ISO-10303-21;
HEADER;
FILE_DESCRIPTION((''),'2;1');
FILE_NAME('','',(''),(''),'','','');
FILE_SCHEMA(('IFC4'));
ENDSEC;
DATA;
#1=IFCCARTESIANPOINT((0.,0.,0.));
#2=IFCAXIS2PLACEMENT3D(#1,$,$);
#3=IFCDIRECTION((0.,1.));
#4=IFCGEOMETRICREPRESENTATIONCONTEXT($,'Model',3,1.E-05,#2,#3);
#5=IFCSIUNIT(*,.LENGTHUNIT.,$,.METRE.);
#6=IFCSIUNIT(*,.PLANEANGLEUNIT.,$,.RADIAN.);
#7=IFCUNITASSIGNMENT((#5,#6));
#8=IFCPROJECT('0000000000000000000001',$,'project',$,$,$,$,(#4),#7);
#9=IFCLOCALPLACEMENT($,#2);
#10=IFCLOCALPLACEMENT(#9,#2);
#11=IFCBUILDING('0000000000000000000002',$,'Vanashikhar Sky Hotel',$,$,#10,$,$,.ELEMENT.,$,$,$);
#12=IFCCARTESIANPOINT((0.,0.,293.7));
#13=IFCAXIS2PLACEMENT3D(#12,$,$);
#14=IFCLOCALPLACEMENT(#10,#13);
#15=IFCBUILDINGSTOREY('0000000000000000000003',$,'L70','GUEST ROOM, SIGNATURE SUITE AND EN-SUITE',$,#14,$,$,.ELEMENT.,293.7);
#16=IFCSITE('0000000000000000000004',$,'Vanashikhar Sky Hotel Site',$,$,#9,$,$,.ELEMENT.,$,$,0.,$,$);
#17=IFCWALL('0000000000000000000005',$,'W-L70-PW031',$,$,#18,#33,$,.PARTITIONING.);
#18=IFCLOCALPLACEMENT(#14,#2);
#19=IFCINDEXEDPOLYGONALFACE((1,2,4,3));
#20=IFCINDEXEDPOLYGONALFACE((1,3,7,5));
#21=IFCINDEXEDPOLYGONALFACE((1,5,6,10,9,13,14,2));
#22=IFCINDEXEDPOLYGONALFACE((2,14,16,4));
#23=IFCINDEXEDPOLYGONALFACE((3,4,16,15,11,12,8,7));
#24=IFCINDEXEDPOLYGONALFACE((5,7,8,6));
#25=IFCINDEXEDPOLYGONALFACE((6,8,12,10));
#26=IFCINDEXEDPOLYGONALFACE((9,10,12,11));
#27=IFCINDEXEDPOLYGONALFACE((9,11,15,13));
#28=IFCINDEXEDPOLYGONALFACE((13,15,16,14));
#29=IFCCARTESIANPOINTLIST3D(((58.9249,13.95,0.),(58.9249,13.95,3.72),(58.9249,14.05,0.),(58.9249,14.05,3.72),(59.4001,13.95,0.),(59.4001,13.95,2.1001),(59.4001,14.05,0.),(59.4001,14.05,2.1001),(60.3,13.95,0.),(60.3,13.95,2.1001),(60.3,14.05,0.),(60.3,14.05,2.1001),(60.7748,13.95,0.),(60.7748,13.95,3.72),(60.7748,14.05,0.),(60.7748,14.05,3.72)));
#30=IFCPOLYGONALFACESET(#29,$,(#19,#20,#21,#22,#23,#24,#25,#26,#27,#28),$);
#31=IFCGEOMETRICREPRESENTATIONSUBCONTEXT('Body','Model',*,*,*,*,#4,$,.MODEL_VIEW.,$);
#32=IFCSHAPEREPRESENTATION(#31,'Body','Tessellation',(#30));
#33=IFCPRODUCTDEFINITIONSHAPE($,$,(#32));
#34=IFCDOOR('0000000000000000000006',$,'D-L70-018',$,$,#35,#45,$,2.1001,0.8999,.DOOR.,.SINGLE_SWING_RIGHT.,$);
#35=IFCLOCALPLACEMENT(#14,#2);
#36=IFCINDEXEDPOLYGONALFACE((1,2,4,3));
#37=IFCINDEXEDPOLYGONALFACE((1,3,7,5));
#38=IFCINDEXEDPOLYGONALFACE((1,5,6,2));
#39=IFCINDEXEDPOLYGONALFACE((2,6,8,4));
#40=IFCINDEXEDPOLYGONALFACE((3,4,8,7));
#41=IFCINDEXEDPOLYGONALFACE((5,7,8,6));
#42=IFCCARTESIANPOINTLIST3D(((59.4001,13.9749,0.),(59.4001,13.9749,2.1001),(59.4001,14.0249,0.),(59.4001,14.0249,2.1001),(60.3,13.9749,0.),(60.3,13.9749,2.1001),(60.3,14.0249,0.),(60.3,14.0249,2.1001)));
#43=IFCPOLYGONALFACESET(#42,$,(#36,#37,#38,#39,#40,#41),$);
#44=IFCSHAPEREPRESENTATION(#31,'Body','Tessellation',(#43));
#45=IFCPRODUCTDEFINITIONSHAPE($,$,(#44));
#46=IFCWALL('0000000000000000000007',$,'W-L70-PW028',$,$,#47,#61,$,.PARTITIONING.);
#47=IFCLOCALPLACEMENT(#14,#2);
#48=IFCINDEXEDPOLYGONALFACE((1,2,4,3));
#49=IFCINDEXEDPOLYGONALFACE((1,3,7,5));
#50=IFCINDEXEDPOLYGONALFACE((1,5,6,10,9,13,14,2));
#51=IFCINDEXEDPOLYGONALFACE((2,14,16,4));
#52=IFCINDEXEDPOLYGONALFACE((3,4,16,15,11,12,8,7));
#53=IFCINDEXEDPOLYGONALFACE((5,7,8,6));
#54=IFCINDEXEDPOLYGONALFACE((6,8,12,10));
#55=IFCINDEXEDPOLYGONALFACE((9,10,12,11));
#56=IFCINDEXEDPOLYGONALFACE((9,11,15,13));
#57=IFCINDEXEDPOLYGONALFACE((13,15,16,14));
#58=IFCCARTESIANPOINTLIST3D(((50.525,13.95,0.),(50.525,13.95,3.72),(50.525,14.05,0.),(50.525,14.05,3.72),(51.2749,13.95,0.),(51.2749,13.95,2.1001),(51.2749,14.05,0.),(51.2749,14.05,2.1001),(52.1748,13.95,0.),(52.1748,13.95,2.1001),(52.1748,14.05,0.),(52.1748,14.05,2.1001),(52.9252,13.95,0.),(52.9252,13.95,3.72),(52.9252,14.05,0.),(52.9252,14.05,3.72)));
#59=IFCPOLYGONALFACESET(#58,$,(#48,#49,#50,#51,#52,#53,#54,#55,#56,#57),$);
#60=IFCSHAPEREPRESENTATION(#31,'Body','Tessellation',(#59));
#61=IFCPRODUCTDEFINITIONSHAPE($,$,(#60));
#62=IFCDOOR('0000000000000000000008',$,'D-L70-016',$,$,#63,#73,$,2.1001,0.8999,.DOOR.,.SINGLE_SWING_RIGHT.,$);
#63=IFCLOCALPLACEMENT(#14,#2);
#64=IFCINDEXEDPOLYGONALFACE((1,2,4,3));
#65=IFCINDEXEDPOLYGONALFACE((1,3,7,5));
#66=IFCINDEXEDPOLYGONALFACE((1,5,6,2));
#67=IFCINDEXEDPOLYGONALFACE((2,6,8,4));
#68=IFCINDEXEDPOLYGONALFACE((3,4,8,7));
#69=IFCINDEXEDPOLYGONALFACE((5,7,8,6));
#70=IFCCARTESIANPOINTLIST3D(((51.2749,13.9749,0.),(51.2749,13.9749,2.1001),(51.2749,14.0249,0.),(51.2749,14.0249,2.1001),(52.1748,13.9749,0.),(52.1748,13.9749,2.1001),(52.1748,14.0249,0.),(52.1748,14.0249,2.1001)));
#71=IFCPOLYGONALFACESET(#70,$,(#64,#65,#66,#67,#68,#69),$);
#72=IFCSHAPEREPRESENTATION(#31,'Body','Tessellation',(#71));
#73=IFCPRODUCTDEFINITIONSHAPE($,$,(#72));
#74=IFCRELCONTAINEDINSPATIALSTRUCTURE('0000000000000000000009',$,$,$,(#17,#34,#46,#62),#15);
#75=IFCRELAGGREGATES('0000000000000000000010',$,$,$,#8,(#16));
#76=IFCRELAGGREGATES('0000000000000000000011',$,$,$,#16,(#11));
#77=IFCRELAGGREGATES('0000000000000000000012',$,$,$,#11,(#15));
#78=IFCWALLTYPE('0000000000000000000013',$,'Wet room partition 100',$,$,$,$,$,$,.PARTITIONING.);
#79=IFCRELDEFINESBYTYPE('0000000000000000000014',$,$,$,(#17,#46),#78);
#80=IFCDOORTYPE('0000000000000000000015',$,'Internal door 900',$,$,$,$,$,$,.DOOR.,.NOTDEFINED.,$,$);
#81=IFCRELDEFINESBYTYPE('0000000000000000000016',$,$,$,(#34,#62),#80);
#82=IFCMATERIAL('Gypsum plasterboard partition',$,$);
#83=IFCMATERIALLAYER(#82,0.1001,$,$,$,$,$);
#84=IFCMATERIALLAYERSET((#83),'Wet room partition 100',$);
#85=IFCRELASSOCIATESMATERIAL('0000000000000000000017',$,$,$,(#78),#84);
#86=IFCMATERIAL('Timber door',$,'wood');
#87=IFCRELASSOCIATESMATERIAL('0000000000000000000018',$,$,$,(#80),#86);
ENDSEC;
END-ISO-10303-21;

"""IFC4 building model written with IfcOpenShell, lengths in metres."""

from ifc_helpers import new_model, si_unit, direction, frame, frame_2d, origin, place, context, subcontext, project, spatial, rectangle, extrude, source, transform, mapped, material, layer, layer_set, type_object, element, fill, save


model = new_model("IFC4")

# Units and contexts
model_context = context("Model", 3, precision=1e-05, world=origin(), true_north=direction((0.0, 1.0)))
body_context = subcontext(model_context, "Body", "Model", "MODEL_VIEW")
ifc_project = project(units=[si_unit("LENGTHUNIT", "METRE"), si_unit("PLANEANGLEUNIT", "RADIAN")], contexts=[model_context])

# Site, building, storey
site_placement = place(None, origin())
site = spatial("IfcSite", under=ifc_project, at=site_placement, Name="Vanashikhar Sky Hotel Site", CompositionType="ELEMENT", RefElevation=0.0)
building_placement = place(site_placement, origin())
building = spatial("IfcBuilding", under=site, at=building_placement, Name="Vanashikhar Sky Hotel", CompositionType="ELEMENT")
storey_placement = place(building_placement, frame((0.0, 0.0, 293.7)))
storey = spatial("IfcBuildingStorey", under=building, at=storey_placement, Name="L70", Description="GUEST ROOM, SIGNATURE SUITE AND EN-SUITE", CompositionType="ELEMENT", Elevation=293.7)

# Shared definitions
ifc_material_1 = material(Name="Gypsum plasterboard partition")
ifc_layer_1 = layer(ifc_material_1, 0.1001)
ifc_layer_set_1 = layer_set([ifc_layer_1], Name="Wet room partition 100")
wall_type_1 = type_object("IfcWallType", Name="Wet room partition 100", PredefinedType="PARTITIONING", material=ifc_layer_set_1)
shared_shape_1 = source(origin(), body_context, "Body", "SweptSolid", [
    extrude(rectangle(XDim=0.8999, YDim=2.1001, at=frame_2d((0.45, 1.05))), frame((0.0, 0.0601, 0.0), z_axis=(0.0, -1.0, 0.0), x_axis=(1.0, 0.0, 0.0)), (0.0, 0.0, 1.0), 0.1201),
])
ifc_material_2 = material(Name="Timber door", Category="wood")
door_type_1 = type_object("IfcDoorType", Name="Internal door 900", OperationType="NOTDEFINED", PredefinedType="DOOR", material=ifc_material_2)
shared_shape_2 = source(origin(), body_context, "Body", "SweptSolid", [
    extrude(rectangle(XDim=0.8999, YDim=2.1001, at=frame_2d((0.45, 1.05))), frame((0.0, 0.0249, 0.0), z_axis=(0.0, -1.0, 0.0), x_axis=(1.0, 0.0, 0.0)), (0.0, 0.0, 1.0), 0.05),
])

# Walls, openings, doors
shared_shape_3 = source(origin(), body_context, "Body", "SweptSolid", [
    extrude(rectangle(XDim=1.8499, YDim=0.1001, at=frame_2d((0.9248, 0.0))), origin(), (0.0, 0.0, 1.0), 3.72),
])
wall_1_placement = place(storey_placement, frame((58.925, 14.0, 0.0), z_axis=(0.0, 0.0, 1.0), x_axis=(1.0, 0.0, 0.0)))
wall_1 = element("IfcWall", 1, at=wall_1_placement, inside=storey, type_object=wall_type_1, Name="W-L70-PW031", PredefinedType="PARTITIONING", context=body_context, shape_type="MappedRepresentation", body=[
    mapped(shared_shape_3, transform((0.0, 0.0, 0.0), scale=1.0)),
])
opening_1_placement = place(wall_1_placement, frame((0.4751, 0.0, 0.0)))
opening_1 = element("IfcOpeningElement", 2, at=opening_1_placement, cuts=wall_1, PredefinedType="OPENING", context=body_context, shape_type="MappedRepresentation", body=[
    mapped(shared_shape_1, transform((0.0, 0.0, 0.0), scale=1.0)),
])
door_1_placement = place(opening_1_placement, origin())
door_1 = element("IfcDoor", 3, at=door_1_placement, inside=storey, type_object=door_type_1, Name="D-L70-018", OperationType="SINGLE_SWING_RIGHT", OverallHeight=2.1001, OverallWidth=0.8999, PredefinedType="DOOR", context=body_context, shape_type="MappedRepresentation", body=[
    mapped(shared_shape_2, transform((0.0, 0.0, 0.0), scale=1.0)),
])
fill(opening_1, door_1)
shared_shape_4 = source(origin(), body_context, "Body", "SweptSolid", [
    extrude(rectangle(XDim=2.4001, YDim=0.1001, at=frame_2d((1.2002, 0.0))), origin(), (0.0, 0.0, 1.0), 3.72),
])
wall_2_placement = place(storey_placement, frame((50.5249, 14.0, 0.0), z_axis=(0.0, 0.0, 1.0), x_axis=(1.0, 0.0, 0.0)))
wall_2 = element("IfcWall", 4, at=wall_2_placement, inside=storey, type_object=wall_type_1, Name="W-L70-PW028", PredefinedType="PARTITIONING", context=body_context, shape_type="MappedRepresentation", body=[
    mapped(shared_shape_4, transform((0.0, 0.0, 0.0), scale=1.0)),
])
opening_2_placement = place(wall_2_placement, frame((0.75, 0.0, 0.0)))
opening_2 = element("IfcOpeningElement", 5, at=opening_2_placement, cuts=wall_2, PredefinedType="OPENING", context=body_context, shape_type="MappedRepresentation", body=[
    mapped(shared_shape_1, transform((0.0, 0.0, 0.0), scale=1.0)),
])
door_2_placement = place(opening_2_placement, origin())
door_2 = element("IfcDoor", 6, at=door_2_placement, inside=storey, type_object=door_type_1, Name="D-L70-016", OperationType="SINGLE_SWING_RIGHT", OverallHeight=2.1001, OverallWidth=0.8999, PredefinedType="DOOR", context=body_context, shape_type="MappedRepresentation", body=[
    mapped(shared_shape_2, transform((0.0, 0.0, 0.0), scale=1.0)),
])
fill(opening_2, door_2)

save(model, "model.ifc")
